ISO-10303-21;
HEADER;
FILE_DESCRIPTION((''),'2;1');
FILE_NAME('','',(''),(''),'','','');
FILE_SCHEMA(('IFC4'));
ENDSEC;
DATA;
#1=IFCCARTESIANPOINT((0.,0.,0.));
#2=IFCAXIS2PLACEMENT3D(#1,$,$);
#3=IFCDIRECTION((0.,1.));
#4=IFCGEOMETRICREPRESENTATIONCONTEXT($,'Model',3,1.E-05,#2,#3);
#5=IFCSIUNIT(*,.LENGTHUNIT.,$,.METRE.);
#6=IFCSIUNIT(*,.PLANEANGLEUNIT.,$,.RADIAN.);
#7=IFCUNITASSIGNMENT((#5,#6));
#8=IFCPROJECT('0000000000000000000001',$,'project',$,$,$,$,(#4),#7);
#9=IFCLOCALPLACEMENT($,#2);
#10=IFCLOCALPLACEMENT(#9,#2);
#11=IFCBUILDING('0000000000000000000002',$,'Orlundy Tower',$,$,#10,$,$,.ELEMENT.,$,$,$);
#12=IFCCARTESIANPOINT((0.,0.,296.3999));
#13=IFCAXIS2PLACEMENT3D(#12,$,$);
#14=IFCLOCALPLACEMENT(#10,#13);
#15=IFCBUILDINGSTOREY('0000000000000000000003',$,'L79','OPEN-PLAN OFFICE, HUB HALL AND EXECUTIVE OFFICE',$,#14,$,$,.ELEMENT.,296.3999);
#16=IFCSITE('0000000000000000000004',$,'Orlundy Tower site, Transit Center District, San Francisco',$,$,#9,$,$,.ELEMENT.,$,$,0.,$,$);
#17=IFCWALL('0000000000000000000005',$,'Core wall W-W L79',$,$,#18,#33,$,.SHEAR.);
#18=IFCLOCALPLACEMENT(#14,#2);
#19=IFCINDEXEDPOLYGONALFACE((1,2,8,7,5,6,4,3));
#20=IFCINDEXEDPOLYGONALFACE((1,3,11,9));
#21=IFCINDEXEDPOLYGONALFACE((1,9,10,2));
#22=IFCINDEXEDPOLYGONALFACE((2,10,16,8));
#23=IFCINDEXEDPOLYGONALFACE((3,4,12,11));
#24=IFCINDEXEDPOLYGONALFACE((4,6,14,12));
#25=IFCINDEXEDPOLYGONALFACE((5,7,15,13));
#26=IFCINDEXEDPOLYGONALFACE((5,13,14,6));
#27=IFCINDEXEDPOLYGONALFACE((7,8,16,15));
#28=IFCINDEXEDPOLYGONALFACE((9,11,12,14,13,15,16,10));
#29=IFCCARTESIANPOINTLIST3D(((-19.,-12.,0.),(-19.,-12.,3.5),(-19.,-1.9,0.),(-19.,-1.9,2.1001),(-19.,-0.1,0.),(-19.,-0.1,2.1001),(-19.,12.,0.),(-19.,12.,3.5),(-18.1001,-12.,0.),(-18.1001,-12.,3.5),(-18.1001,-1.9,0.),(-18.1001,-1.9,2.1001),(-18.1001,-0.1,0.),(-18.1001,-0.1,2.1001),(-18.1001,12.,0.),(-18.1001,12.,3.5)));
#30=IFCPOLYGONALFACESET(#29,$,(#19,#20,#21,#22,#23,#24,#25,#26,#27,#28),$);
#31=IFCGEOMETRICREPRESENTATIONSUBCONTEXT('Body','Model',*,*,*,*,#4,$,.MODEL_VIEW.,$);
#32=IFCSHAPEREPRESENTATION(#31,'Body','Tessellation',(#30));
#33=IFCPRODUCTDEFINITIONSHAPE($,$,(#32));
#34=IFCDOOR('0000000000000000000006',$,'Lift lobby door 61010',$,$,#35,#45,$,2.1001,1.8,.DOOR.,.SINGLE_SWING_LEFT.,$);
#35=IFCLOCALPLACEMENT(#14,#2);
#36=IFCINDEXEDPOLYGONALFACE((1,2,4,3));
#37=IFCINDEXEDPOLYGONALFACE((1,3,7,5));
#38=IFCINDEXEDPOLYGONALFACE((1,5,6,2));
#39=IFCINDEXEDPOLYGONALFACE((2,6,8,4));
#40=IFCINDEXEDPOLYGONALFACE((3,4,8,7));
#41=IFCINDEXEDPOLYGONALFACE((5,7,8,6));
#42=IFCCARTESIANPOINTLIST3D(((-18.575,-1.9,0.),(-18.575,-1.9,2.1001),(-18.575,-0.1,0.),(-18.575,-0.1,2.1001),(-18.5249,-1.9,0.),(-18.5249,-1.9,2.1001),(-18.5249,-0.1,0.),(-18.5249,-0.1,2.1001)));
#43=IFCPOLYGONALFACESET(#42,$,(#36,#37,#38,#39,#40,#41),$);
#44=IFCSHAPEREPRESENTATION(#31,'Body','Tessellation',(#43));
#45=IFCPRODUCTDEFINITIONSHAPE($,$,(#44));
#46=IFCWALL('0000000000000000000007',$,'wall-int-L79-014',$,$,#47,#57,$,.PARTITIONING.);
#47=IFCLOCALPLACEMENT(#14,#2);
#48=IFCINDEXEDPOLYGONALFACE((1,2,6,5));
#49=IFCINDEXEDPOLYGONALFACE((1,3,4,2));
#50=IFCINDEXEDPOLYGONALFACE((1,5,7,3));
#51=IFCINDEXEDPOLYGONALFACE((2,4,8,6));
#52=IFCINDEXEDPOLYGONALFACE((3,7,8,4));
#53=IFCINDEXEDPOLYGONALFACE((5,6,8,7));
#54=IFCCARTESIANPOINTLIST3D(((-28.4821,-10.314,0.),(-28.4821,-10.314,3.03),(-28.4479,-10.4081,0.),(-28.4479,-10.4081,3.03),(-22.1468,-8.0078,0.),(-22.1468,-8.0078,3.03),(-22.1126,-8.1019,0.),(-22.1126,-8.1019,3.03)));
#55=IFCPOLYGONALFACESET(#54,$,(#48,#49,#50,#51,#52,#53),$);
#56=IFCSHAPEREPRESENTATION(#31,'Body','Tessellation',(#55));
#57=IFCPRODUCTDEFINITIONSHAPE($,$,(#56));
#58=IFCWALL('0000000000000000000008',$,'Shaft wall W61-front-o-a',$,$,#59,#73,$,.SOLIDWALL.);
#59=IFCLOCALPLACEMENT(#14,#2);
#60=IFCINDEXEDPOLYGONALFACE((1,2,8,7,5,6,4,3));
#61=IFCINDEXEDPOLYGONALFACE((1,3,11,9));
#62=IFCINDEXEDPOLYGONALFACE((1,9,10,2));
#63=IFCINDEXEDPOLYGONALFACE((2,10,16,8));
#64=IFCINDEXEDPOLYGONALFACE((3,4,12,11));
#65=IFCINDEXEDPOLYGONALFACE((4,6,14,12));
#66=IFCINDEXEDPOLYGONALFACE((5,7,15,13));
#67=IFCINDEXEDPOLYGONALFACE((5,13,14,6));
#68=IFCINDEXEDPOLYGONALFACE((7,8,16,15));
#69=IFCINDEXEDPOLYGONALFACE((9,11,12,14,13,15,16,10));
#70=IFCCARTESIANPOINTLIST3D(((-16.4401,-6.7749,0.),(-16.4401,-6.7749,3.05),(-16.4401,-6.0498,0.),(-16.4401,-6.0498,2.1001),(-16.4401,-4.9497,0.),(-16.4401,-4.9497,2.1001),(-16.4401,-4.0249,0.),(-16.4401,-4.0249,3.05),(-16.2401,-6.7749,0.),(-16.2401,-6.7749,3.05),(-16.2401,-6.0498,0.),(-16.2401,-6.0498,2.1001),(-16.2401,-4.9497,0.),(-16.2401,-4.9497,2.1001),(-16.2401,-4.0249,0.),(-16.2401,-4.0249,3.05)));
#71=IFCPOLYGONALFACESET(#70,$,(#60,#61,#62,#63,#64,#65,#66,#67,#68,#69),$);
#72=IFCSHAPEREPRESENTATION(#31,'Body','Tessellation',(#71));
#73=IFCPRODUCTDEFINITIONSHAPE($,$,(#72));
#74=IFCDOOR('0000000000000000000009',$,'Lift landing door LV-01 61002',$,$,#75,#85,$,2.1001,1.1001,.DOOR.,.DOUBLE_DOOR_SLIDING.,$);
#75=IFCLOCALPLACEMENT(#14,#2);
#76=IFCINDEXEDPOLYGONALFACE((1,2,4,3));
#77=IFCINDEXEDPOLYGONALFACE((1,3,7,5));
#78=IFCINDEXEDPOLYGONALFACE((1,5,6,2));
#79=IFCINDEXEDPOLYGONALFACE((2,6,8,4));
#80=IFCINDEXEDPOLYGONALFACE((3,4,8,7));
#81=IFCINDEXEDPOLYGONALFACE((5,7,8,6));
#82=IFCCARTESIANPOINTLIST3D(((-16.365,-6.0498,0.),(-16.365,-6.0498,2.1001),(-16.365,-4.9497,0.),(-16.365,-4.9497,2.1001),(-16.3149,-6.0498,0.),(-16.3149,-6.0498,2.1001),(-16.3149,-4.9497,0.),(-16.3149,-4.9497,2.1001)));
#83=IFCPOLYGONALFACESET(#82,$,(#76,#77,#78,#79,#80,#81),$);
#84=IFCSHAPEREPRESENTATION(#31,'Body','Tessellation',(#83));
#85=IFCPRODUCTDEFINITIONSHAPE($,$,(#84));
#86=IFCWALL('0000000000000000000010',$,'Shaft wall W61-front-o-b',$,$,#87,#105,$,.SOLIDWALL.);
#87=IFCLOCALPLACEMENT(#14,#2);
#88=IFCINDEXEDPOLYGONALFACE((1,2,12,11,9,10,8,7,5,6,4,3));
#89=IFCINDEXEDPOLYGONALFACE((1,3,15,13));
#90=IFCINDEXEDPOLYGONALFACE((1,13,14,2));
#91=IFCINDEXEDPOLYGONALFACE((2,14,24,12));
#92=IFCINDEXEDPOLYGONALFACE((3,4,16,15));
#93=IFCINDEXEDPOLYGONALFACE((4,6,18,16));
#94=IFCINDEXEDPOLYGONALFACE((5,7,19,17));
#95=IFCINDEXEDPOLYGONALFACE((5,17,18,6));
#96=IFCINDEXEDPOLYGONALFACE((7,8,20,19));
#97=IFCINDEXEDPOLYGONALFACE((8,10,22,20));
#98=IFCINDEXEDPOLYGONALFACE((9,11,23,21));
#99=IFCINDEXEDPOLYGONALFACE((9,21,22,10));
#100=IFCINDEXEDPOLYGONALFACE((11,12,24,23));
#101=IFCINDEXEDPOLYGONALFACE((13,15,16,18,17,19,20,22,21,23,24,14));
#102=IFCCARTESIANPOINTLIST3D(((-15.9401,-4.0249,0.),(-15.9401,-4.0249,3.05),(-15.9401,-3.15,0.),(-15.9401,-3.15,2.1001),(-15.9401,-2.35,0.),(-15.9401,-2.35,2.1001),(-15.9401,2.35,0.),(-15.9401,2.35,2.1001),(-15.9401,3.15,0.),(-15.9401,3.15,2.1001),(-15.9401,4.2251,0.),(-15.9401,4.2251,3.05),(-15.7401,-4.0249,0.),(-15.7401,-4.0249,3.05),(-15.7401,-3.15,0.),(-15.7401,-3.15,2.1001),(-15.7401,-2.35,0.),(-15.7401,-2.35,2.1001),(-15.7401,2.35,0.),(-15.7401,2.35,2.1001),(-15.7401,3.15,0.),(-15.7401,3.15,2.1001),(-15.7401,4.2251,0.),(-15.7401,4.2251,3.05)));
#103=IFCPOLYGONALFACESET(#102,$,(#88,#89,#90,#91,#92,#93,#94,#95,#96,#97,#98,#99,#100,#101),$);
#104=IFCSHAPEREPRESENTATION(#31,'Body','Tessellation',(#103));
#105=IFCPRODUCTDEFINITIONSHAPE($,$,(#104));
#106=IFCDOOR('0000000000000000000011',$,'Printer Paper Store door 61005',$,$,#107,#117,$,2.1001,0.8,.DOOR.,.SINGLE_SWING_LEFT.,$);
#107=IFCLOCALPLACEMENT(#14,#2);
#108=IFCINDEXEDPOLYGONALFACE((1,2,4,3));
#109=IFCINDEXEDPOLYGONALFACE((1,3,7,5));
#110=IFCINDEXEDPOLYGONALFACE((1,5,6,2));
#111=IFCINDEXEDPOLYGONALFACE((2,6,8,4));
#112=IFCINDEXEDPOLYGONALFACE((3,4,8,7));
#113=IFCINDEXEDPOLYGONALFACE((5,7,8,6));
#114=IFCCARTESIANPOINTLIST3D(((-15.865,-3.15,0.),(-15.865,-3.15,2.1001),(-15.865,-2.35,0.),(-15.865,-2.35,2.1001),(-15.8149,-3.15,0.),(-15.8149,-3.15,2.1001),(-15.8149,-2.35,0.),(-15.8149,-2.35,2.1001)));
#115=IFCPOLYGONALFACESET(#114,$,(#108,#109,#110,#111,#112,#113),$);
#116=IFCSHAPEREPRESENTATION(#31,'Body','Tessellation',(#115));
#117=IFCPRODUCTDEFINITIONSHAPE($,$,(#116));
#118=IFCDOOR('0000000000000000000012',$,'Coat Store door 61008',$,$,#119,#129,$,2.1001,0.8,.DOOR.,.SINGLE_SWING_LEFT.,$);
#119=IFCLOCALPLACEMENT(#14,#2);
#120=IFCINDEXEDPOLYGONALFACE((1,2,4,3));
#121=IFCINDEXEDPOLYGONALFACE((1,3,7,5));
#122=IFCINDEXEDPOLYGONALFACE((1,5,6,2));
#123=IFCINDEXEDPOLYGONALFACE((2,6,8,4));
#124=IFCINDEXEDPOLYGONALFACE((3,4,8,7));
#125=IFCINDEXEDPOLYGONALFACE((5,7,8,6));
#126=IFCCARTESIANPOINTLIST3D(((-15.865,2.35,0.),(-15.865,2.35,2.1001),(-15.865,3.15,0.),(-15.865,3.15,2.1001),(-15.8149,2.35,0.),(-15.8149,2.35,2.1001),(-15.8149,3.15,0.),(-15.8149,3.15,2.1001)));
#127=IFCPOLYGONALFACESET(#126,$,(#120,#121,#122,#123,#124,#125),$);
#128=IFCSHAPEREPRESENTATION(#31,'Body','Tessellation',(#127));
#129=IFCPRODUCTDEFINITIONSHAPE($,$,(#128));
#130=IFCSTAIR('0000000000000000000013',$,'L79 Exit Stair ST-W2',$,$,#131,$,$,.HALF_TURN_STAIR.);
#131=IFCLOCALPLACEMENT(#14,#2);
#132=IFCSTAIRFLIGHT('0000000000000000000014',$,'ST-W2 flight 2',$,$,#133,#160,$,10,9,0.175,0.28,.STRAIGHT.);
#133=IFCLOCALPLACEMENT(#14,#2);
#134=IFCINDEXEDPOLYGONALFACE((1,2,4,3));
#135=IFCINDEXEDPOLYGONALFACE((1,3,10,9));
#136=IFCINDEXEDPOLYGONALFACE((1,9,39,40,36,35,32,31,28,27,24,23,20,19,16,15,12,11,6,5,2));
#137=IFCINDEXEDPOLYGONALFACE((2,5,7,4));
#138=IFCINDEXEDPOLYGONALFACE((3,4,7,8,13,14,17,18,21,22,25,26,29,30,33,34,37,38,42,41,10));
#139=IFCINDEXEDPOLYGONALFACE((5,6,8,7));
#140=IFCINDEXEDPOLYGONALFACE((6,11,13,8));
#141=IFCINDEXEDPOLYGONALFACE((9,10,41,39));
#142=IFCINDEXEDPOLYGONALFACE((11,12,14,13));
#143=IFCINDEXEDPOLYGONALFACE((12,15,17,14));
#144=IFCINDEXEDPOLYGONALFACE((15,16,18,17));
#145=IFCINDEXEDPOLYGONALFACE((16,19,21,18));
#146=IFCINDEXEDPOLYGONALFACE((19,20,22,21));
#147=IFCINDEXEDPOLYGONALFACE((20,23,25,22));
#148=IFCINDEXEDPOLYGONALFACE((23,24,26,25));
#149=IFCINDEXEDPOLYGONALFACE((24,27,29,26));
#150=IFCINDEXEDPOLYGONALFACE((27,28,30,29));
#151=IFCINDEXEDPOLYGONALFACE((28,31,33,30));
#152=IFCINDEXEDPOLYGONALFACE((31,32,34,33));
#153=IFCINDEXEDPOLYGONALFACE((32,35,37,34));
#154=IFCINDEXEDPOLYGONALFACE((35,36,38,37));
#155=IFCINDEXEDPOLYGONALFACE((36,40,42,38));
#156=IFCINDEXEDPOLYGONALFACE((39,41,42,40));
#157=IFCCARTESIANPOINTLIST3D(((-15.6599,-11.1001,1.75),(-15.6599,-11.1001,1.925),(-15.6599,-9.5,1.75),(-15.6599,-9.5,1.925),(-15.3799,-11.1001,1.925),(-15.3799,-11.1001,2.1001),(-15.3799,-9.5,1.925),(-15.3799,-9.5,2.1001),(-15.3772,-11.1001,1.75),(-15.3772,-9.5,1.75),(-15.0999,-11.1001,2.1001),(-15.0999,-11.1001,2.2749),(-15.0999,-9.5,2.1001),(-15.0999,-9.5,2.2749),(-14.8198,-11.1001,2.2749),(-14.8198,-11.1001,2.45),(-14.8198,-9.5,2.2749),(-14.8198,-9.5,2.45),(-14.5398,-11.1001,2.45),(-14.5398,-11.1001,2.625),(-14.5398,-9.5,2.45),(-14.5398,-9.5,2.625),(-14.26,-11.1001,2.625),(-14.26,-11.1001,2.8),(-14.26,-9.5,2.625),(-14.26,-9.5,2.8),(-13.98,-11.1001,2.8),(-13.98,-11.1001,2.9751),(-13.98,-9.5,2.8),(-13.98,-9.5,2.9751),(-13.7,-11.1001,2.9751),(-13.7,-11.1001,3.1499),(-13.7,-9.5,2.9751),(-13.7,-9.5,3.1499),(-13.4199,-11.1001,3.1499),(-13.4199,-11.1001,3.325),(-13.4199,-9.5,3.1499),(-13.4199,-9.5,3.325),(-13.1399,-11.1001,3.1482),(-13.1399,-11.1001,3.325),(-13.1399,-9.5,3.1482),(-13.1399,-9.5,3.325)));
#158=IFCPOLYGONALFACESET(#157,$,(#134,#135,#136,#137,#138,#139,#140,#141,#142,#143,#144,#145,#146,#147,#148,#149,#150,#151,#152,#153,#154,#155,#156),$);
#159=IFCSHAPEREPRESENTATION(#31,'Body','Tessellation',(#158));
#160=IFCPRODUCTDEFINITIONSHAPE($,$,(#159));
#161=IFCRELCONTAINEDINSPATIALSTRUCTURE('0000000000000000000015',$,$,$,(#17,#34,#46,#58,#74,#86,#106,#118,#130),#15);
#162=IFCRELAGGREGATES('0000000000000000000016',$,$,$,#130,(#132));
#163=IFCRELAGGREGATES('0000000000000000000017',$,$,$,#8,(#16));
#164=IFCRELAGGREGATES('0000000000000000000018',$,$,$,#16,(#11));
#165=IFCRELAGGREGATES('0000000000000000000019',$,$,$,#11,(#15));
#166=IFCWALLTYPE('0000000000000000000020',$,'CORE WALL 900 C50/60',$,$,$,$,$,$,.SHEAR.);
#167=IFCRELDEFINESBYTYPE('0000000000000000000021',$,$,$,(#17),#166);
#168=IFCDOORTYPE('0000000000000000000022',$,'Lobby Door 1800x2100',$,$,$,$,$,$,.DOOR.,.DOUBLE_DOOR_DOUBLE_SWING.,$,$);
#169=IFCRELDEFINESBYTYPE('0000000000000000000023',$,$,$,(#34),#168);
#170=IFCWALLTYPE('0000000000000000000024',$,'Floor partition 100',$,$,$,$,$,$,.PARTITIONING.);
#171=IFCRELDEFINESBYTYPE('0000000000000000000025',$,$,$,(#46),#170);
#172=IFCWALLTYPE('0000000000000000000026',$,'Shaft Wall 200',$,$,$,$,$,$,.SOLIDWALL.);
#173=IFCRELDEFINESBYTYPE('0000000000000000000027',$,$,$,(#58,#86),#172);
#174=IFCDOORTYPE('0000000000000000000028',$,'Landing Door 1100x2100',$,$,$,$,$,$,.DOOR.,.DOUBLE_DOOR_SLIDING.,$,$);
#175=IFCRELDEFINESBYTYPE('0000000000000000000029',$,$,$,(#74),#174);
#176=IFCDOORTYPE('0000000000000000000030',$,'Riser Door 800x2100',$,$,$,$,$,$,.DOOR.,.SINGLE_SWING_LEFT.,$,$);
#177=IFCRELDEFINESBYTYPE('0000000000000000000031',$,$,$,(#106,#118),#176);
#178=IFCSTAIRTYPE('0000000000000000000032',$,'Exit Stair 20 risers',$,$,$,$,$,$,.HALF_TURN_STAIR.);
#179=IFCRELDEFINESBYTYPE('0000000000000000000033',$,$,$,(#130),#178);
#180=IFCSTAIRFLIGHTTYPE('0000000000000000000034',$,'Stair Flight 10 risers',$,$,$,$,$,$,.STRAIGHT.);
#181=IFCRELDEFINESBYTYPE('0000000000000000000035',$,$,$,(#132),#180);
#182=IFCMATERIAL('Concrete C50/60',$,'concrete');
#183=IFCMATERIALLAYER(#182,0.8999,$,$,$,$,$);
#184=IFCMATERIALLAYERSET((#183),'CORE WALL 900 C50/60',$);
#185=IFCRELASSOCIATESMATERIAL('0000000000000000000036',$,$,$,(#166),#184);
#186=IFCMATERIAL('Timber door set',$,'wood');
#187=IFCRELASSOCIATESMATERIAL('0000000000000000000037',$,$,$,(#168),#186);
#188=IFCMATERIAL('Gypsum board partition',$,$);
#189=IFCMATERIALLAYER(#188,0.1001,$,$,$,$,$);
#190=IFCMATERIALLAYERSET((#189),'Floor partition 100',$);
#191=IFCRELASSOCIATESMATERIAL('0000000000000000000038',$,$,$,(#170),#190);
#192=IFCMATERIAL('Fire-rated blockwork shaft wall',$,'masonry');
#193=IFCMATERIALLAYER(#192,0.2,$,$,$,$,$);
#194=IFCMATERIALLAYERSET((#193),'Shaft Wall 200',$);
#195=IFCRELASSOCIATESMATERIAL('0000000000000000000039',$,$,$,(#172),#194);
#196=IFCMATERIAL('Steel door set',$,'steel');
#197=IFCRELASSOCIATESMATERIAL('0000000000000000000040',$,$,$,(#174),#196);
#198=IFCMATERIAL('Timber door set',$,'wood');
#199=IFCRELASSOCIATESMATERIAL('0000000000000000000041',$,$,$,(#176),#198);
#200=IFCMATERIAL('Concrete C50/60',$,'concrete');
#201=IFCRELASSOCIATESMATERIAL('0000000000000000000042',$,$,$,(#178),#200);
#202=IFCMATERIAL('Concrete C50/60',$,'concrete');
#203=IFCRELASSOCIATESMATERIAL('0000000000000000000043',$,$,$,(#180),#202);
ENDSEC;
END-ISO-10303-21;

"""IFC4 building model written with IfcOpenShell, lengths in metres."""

from ifc_helpers import new_model, si_unit, direction, frame, frame_2d, origin, place, context, subcontext, project, spatial, polyline, rectangle, outline, extrude, material, layer, layer_set, type_object, element, fill, aggregate, save


model = new_model("IFC4")

# Units and contexts
model_context = context("Model", 3, precision=1e-05, world=origin(), true_north=direction((0.0, 1.0)))
body_context = subcontext(model_context, "Body", "Model", "MODEL_VIEW")
ifc_project = project(units=[si_unit("LENGTHUNIT", "METRE"), si_unit("PLANEANGLEUNIT", "RADIAN")], contexts=[model_context])

# Site, building, storey
site_placement = place(None, origin())
site = spatial("IfcSite", under=ifc_project, at=site_placement, Name="Orlundy Tower site, Transit Center District, San Francisco", CompositionType="ELEMENT", RefElevation=0.0)
building_placement = place(site_placement, origin())
building = spatial("IfcBuilding", under=site, at=building_placement, Name="Orlundy Tower", CompositionType="ELEMENT")
storey_placement = place(building_placement, frame((0.0, 0.0, 296.3999)))
storey = spatial("IfcBuildingStorey", under=building, at=storey_placement, Name="L79", Description="OPEN-PLAN OFFICE, HUB HALL AND EXECUTIVE OFFICE", CompositionType="ELEMENT", Elevation=296.3999)

# Shared definitions
ifc_material_1 = material(Name="Concrete C50/60", Category="concrete")
ifc_layer_1 = layer(ifc_material_1, 0.8999)
ifc_layer_set_1 = layer_set([ifc_layer_1], Name="CORE WALL 900 C50/60")
wall_type_1 = type_object("IfcWallType", Name="CORE WALL 900 C50/60", PredefinedType="SHEAR", material=ifc_layer_set_1)

# Wall, opening, door
wall_1_placement = place(storey_placement, frame((-18.55, -12.0, 0.0), z_axis=(0.0, 0.0, 1.0), x_axis=(0.0, 1.0, 0.0)))
wall_1 = element("IfcWall", 1, at=wall_1_placement, inside=storey, type_object=wall_type_1, Name="Core wall W-W L79", PredefinedType="SHEAR", context=body_context, shape_type="SweptSolid", body=[
    extrude(rectangle(XDim=24.0, YDim=0.8999, at=frame_2d((12.0, 0.0))), origin(), (0.0, 0.0, 1.0), 3.5),
])
opening_1_placement = place(wall_1_placement, frame((10.1001, 0.0, 0.0)))
opening_1 = element("IfcOpeningElement", 2, at=opening_1_placement, cuts=wall_1, PredefinedType="OPENING", context=body_context, shape_type="SweptSolid", body=[
    extrude(rectangle(XDim=1.8, YDim=2.1001, at=frame_2d((0.8999, 1.05))), frame((0.0, 0.46, 0.0), z_axis=(0.0, -1.0, 0.0), x_axis=(1.0, 0.0, 0.0)), (0.0, 0.0, 1.0), 0.9199),
])
ifc_material_2 = material(Name="Timber door set", Category="wood")
door_type_1 = type_object("IfcDoorType", Name="Lobby Door 1800x2100", OperationType="DOUBLE_DOOR_DOUBLE_SWING", PredefinedType="DOOR", material=ifc_material_2)
door_1_placement = place(opening_1_placement, origin())
door_1 = element("IfcDoor", 3, at=door_1_placement, inside=storey, type_object=door_type_1, Name="Lift lobby door 61010", OperationType="SINGLE_SWING_LEFT", OverallHeight=2.1001, OverallWidth=1.8, PredefinedType="DOOR", context=body_context, shape_type="SweptSolid", body=[
    extrude(rectangle(XDim=1.8, YDim=2.1001, at=frame_2d((0.8999, 1.05))), frame((0.0, 0.0249, 0.0), z_axis=(0.0, -1.0, 0.0), x_axis=(1.0, 0.0, 0.0)), (0.0, 0.0, 1.0), 0.05),
])
fill(opening_1, door_1)

# Wall
ifc_material_3 = material(Name="Gypsum board partition")
ifc_layer_2 = layer(ifc_material_3, 0.1001)
ifc_layer_set_2 = layer_set([ifc_layer_2], Name="Floor partition 100")
wall_type_2 = type_object("IfcWallType", Name="Floor partition 100", PredefinedType="PARTITIONING", material=ifc_layer_set_2)
wall_2_placement = place(storey_placement, frame((-28.4651, -10.3611, 0.0), z_axis=(0.0, 0.0, 1.0), x_axis=(0.939677, 0.342063, 0.0)))
element("IfcWall", 4, at=wall_2_placement, inside=storey, type_object=wall_type_2, Name="wall-int-L79-014", PredefinedType="PARTITIONING", context=body_context, shape_type="SweptSolid", body=[
    extrude(rectangle(XDim=6.7419, YDim=0.1001, at=frame_2d((3.3711, 0.0))), origin(), (0.0, 0.0, 1.0), 3.03),
])

# Wall, opening, door
ifc_material_4 = material(Name="Fire-rated blockwork shaft wall", Category="masonry")
ifc_layer_3 = layer(ifc_material_4, 0.2)
ifc_layer_set_3 = layer_set([ifc_layer_3], Name="Shaft Wall 200")
wall_type_3 = type_object("IfcWallType", Name="Shaft Wall 200", PredefinedType="SOLIDWALL", material=ifc_layer_set_3)
wall_3_placement = place(storey_placement, frame((-16.3401, -6.7749, 0.0), z_axis=(0.0, 0.0, 1.0), x_axis=(0.0, 1.0, 0.0)))
wall_3 = element("IfcWall", 5, at=wall_3_placement, inside=storey, type_object=wall_type_3, Name="Shaft wall W61-front-o-a", PredefinedType="SOLIDWALL", context=body_context, shape_type="SweptSolid", body=[
    extrude(rectangle(XDim=2.75, YDim=0.2, at=frame_2d((1.375, 0.0))), origin(), (0.0, 0.0, 1.0), 3.05),
])
opening_2_placement = place(wall_3_placement, frame((0.7251, 0.0, 0.0)))
opening_2 = element("IfcOpeningElement", 6, at=opening_2_placement, cuts=wall_3, PredefinedType="OPENING", context=body_context, shape_type="SweptSolid", body=[
    extrude(rectangle(XDim=1.1001, YDim=2.1001, at=frame_2d((0.55, 1.05))), frame((0.0, 0.1101, 0.0), z_axis=(0.0, -1.0, 0.0), x_axis=(1.0, 0.0, 0.0)), (0.0, 0.0, 1.0), 0.2202),
])
ifc_material_5 = material(Name="Steel door set", Category="steel")
door_type_2 = type_object("IfcDoorType", Name="Landing Door 1100x2100", OperationType="DOUBLE_DOOR_SLIDING", PredefinedType="DOOR", material=ifc_material_5)
door_2_placement = place(opening_2_placement, origin())
door_2 = element("IfcDoor", 7, at=door_2_placement, inside=storey, type_object=door_type_2, Name="Lift landing door LV-01 61002", OperationType="DOUBLE_DOOR_SLIDING", OverallHeight=2.1001, OverallWidth=1.1001, PredefinedType="DOOR", context=body_context, shape_type="SweptSolid", body=[
    extrude(rectangle(XDim=1.1001, YDim=2.1001, at=frame_2d((0.55, 1.05))), frame((0.0, 0.0249, 0.0), z_axis=(0.0, -1.0, 0.0), x_axis=(1.0, 0.0, 0.0)), (0.0, 0.0, 1.0), 0.05),
])
fill(opening_2, door_2)

# Wall, openings, doors
wall_4_placement = place(storey_placement, frame((-15.8401, -4.0249, 0.0), z_axis=(0.0, 0.0, 1.0), x_axis=(0.0, 1.0, 0.0)))
wall_4 = element("IfcWall", 8, at=wall_4_placement, inside=storey, type_object=wall_type_3, Name="Shaft wall W61-front-o-b", PredefinedType="SOLIDWALL", context=body_context, shape_type="SweptSolid", body=[
    extrude(rectangle(XDim=8.25, YDim=0.2, at=frame_2d((4.125, 0.0))), origin(), (0.0, 0.0, 1.0), 3.05),
])
opening_3_placement = place(wall_4_placement, frame((0.875, 0.0, 0.0)))
opening_3 = element("IfcOpeningElement", 9, at=opening_3_placement, cuts=wall_4, PredefinedType="OPENING", context=body_context, shape_type="SweptSolid", body=[
    extrude(rectangle(XDim=0.8, YDim=2.1001, at=frame_2d((0.3999, 1.05))), frame((0.0, 0.1101, 0.0), z_axis=(0.0, -1.0, 0.0), x_axis=(1.0, 0.0, 0.0)), (0.0, 0.0, 1.0), 0.2202),
])
opening_4_placement = place(wall_4_placement, frame((6.375, 0.0, 0.0)))
opening_4 = element("IfcOpeningElement", 10, at=opening_4_placement, cuts=wall_4, PredefinedType="OPENING", context=body_context, shape_type="SweptSolid", body=[
    extrude(rectangle(XDim=0.8, YDim=2.1001, at=frame_2d((0.3999, 1.05))), frame((0.0, 0.1101, 0.0), z_axis=(0.0, -1.0, 0.0), x_axis=(1.0, 0.0, 0.0)), (0.0, 0.0, 1.0), 0.2202),
])
ifc_material_6 = material(Name="Timber door set", Category="wood")
door_type_3 = type_object("IfcDoorType", Name="Riser Door 800x2100", OperationType="SINGLE_SWING_LEFT", PredefinedType="DOOR", material=ifc_material_6)
door_3_placement = place(opening_3_placement, origin())
door_3 = element("IfcDoor", 11, at=door_3_placement, inside=storey, type_object=door_type_3, Name="Printer Paper Store door 61005", OperationType="SINGLE_SWING_LEFT", OverallHeight=2.1001, OverallWidth=0.8, PredefinedType="DOOR", context=body_context, shape_type="SweptSolid", body=[
    extrude(rectangle(XDim=0.8, YDim=2.1001, at=frame_2d((0.3999, 1.05))), frame((0.0, 0.0249, 0.0), z_axis=(0.0, -1.0, 0.0), x_axis=(1.0, 0.0, 0.0)), (0.0, 0.0, 1.0), 0.05),
])
fill(opening_3, door_3)
door_4_placement = place(opening_4_placement, origin())
door_4 = element("IfcDoor", 12, at=door_4_placement, inside=storey, type_object=door_type_3, Name="Coat Store door 61008", OperationType="SINGLE_SWING_LEFT", OverallHeight=2.1001, OverallWidth=0.8, PredefinedType="DOOR", context=body_context, shape_type="SweptSolid", body=[
    extrude(rectangle(XDim=0.8, YDim=2.1001, at=frame_2d((0.3999, 1.05))), frame((0.0, 0.0249, 0.0), z_axis=(0.0, -1.0, 0.0), x_axis=(1.0, 0.0, 0.0)), (0.0, 0.0, 1.0), 0.05),
])
fill(opening_4, door_4)

# Stair, stair flight
ifc_material_7 = material(Name="Concrete C50/60", Category="concrete")
stair_type = type_object("IfcStairType", Name="Exit Stair 20 risers", PredefinedType="HALF_TURN_STAIR", material=ifc_material_7)
stair_placement = place(storey_placement, origin())
stair = element("IfcStair", 13, at=stair_placement, inside=storey, type_object=stair_type, Name="L79 Exit Stair ST-W2", PredefinedType="HALF_TURN_STAIR")
ifc_material_8 = material(Name="Concrete C50/60", Category="concrete")
stair_flight_type = type_object("IfcStairFlightType", Name="Stair Flight 10 risers", PredefinedType="STRAIGHT", material=ifc_material_8)
stair_flight_placement = place(storey_placement, frame((-15.6599, -10.3, 1.75), z_axis=(0.0, 0.0, 1.0), x_axis=(1.0, 0.0, 0.0)))
stair_flight = element("IfcStairFlight", 14, at=stair_flight_placement, type_object=stair_flight_type, Name="ST-W2 flight 2", NumberOfRisers=10, NumberOfTreads=9, PredefinedType="STRAIGHT", RiserHeight=0.175, TreadLength=0.28, context=body_context, shape_type="SweptSolid", body=[
    extrude(outline(polyline([(0.0, 0.0), (0.0, 0.175), (0.28, 0.175), (0.28, 0.3501), (0.5601, 0.3501), (0.5601, 0.5249), (0.8401, 0.5249), (0.8401, 0.7), (1.1201, 0.7), (1.1201, 0.875), (1.3999, 0.875), (1.3999, 1.05), (1.6799, 1.05), (1.6799, 1.2251), (1.96, 1.2251), (1.96, 1.3999), (2.24, 1.3999), (2.24, 1.575), (2.52, 1.575), (2.52, 1.75), (2.52, 1.3982), (0.2827, 0.0), (0.0, 0.0)])), frame((0.0, 0.8, 0.0), z_axis=(0.0, -1.0, 0.0), x_axis=(1.0, 0.0, 0.0)), (0.0, 0.0, 1.0), 1.6001),
])
aggregate(stair, [stair_flight])

save(model, "model.ifc")
